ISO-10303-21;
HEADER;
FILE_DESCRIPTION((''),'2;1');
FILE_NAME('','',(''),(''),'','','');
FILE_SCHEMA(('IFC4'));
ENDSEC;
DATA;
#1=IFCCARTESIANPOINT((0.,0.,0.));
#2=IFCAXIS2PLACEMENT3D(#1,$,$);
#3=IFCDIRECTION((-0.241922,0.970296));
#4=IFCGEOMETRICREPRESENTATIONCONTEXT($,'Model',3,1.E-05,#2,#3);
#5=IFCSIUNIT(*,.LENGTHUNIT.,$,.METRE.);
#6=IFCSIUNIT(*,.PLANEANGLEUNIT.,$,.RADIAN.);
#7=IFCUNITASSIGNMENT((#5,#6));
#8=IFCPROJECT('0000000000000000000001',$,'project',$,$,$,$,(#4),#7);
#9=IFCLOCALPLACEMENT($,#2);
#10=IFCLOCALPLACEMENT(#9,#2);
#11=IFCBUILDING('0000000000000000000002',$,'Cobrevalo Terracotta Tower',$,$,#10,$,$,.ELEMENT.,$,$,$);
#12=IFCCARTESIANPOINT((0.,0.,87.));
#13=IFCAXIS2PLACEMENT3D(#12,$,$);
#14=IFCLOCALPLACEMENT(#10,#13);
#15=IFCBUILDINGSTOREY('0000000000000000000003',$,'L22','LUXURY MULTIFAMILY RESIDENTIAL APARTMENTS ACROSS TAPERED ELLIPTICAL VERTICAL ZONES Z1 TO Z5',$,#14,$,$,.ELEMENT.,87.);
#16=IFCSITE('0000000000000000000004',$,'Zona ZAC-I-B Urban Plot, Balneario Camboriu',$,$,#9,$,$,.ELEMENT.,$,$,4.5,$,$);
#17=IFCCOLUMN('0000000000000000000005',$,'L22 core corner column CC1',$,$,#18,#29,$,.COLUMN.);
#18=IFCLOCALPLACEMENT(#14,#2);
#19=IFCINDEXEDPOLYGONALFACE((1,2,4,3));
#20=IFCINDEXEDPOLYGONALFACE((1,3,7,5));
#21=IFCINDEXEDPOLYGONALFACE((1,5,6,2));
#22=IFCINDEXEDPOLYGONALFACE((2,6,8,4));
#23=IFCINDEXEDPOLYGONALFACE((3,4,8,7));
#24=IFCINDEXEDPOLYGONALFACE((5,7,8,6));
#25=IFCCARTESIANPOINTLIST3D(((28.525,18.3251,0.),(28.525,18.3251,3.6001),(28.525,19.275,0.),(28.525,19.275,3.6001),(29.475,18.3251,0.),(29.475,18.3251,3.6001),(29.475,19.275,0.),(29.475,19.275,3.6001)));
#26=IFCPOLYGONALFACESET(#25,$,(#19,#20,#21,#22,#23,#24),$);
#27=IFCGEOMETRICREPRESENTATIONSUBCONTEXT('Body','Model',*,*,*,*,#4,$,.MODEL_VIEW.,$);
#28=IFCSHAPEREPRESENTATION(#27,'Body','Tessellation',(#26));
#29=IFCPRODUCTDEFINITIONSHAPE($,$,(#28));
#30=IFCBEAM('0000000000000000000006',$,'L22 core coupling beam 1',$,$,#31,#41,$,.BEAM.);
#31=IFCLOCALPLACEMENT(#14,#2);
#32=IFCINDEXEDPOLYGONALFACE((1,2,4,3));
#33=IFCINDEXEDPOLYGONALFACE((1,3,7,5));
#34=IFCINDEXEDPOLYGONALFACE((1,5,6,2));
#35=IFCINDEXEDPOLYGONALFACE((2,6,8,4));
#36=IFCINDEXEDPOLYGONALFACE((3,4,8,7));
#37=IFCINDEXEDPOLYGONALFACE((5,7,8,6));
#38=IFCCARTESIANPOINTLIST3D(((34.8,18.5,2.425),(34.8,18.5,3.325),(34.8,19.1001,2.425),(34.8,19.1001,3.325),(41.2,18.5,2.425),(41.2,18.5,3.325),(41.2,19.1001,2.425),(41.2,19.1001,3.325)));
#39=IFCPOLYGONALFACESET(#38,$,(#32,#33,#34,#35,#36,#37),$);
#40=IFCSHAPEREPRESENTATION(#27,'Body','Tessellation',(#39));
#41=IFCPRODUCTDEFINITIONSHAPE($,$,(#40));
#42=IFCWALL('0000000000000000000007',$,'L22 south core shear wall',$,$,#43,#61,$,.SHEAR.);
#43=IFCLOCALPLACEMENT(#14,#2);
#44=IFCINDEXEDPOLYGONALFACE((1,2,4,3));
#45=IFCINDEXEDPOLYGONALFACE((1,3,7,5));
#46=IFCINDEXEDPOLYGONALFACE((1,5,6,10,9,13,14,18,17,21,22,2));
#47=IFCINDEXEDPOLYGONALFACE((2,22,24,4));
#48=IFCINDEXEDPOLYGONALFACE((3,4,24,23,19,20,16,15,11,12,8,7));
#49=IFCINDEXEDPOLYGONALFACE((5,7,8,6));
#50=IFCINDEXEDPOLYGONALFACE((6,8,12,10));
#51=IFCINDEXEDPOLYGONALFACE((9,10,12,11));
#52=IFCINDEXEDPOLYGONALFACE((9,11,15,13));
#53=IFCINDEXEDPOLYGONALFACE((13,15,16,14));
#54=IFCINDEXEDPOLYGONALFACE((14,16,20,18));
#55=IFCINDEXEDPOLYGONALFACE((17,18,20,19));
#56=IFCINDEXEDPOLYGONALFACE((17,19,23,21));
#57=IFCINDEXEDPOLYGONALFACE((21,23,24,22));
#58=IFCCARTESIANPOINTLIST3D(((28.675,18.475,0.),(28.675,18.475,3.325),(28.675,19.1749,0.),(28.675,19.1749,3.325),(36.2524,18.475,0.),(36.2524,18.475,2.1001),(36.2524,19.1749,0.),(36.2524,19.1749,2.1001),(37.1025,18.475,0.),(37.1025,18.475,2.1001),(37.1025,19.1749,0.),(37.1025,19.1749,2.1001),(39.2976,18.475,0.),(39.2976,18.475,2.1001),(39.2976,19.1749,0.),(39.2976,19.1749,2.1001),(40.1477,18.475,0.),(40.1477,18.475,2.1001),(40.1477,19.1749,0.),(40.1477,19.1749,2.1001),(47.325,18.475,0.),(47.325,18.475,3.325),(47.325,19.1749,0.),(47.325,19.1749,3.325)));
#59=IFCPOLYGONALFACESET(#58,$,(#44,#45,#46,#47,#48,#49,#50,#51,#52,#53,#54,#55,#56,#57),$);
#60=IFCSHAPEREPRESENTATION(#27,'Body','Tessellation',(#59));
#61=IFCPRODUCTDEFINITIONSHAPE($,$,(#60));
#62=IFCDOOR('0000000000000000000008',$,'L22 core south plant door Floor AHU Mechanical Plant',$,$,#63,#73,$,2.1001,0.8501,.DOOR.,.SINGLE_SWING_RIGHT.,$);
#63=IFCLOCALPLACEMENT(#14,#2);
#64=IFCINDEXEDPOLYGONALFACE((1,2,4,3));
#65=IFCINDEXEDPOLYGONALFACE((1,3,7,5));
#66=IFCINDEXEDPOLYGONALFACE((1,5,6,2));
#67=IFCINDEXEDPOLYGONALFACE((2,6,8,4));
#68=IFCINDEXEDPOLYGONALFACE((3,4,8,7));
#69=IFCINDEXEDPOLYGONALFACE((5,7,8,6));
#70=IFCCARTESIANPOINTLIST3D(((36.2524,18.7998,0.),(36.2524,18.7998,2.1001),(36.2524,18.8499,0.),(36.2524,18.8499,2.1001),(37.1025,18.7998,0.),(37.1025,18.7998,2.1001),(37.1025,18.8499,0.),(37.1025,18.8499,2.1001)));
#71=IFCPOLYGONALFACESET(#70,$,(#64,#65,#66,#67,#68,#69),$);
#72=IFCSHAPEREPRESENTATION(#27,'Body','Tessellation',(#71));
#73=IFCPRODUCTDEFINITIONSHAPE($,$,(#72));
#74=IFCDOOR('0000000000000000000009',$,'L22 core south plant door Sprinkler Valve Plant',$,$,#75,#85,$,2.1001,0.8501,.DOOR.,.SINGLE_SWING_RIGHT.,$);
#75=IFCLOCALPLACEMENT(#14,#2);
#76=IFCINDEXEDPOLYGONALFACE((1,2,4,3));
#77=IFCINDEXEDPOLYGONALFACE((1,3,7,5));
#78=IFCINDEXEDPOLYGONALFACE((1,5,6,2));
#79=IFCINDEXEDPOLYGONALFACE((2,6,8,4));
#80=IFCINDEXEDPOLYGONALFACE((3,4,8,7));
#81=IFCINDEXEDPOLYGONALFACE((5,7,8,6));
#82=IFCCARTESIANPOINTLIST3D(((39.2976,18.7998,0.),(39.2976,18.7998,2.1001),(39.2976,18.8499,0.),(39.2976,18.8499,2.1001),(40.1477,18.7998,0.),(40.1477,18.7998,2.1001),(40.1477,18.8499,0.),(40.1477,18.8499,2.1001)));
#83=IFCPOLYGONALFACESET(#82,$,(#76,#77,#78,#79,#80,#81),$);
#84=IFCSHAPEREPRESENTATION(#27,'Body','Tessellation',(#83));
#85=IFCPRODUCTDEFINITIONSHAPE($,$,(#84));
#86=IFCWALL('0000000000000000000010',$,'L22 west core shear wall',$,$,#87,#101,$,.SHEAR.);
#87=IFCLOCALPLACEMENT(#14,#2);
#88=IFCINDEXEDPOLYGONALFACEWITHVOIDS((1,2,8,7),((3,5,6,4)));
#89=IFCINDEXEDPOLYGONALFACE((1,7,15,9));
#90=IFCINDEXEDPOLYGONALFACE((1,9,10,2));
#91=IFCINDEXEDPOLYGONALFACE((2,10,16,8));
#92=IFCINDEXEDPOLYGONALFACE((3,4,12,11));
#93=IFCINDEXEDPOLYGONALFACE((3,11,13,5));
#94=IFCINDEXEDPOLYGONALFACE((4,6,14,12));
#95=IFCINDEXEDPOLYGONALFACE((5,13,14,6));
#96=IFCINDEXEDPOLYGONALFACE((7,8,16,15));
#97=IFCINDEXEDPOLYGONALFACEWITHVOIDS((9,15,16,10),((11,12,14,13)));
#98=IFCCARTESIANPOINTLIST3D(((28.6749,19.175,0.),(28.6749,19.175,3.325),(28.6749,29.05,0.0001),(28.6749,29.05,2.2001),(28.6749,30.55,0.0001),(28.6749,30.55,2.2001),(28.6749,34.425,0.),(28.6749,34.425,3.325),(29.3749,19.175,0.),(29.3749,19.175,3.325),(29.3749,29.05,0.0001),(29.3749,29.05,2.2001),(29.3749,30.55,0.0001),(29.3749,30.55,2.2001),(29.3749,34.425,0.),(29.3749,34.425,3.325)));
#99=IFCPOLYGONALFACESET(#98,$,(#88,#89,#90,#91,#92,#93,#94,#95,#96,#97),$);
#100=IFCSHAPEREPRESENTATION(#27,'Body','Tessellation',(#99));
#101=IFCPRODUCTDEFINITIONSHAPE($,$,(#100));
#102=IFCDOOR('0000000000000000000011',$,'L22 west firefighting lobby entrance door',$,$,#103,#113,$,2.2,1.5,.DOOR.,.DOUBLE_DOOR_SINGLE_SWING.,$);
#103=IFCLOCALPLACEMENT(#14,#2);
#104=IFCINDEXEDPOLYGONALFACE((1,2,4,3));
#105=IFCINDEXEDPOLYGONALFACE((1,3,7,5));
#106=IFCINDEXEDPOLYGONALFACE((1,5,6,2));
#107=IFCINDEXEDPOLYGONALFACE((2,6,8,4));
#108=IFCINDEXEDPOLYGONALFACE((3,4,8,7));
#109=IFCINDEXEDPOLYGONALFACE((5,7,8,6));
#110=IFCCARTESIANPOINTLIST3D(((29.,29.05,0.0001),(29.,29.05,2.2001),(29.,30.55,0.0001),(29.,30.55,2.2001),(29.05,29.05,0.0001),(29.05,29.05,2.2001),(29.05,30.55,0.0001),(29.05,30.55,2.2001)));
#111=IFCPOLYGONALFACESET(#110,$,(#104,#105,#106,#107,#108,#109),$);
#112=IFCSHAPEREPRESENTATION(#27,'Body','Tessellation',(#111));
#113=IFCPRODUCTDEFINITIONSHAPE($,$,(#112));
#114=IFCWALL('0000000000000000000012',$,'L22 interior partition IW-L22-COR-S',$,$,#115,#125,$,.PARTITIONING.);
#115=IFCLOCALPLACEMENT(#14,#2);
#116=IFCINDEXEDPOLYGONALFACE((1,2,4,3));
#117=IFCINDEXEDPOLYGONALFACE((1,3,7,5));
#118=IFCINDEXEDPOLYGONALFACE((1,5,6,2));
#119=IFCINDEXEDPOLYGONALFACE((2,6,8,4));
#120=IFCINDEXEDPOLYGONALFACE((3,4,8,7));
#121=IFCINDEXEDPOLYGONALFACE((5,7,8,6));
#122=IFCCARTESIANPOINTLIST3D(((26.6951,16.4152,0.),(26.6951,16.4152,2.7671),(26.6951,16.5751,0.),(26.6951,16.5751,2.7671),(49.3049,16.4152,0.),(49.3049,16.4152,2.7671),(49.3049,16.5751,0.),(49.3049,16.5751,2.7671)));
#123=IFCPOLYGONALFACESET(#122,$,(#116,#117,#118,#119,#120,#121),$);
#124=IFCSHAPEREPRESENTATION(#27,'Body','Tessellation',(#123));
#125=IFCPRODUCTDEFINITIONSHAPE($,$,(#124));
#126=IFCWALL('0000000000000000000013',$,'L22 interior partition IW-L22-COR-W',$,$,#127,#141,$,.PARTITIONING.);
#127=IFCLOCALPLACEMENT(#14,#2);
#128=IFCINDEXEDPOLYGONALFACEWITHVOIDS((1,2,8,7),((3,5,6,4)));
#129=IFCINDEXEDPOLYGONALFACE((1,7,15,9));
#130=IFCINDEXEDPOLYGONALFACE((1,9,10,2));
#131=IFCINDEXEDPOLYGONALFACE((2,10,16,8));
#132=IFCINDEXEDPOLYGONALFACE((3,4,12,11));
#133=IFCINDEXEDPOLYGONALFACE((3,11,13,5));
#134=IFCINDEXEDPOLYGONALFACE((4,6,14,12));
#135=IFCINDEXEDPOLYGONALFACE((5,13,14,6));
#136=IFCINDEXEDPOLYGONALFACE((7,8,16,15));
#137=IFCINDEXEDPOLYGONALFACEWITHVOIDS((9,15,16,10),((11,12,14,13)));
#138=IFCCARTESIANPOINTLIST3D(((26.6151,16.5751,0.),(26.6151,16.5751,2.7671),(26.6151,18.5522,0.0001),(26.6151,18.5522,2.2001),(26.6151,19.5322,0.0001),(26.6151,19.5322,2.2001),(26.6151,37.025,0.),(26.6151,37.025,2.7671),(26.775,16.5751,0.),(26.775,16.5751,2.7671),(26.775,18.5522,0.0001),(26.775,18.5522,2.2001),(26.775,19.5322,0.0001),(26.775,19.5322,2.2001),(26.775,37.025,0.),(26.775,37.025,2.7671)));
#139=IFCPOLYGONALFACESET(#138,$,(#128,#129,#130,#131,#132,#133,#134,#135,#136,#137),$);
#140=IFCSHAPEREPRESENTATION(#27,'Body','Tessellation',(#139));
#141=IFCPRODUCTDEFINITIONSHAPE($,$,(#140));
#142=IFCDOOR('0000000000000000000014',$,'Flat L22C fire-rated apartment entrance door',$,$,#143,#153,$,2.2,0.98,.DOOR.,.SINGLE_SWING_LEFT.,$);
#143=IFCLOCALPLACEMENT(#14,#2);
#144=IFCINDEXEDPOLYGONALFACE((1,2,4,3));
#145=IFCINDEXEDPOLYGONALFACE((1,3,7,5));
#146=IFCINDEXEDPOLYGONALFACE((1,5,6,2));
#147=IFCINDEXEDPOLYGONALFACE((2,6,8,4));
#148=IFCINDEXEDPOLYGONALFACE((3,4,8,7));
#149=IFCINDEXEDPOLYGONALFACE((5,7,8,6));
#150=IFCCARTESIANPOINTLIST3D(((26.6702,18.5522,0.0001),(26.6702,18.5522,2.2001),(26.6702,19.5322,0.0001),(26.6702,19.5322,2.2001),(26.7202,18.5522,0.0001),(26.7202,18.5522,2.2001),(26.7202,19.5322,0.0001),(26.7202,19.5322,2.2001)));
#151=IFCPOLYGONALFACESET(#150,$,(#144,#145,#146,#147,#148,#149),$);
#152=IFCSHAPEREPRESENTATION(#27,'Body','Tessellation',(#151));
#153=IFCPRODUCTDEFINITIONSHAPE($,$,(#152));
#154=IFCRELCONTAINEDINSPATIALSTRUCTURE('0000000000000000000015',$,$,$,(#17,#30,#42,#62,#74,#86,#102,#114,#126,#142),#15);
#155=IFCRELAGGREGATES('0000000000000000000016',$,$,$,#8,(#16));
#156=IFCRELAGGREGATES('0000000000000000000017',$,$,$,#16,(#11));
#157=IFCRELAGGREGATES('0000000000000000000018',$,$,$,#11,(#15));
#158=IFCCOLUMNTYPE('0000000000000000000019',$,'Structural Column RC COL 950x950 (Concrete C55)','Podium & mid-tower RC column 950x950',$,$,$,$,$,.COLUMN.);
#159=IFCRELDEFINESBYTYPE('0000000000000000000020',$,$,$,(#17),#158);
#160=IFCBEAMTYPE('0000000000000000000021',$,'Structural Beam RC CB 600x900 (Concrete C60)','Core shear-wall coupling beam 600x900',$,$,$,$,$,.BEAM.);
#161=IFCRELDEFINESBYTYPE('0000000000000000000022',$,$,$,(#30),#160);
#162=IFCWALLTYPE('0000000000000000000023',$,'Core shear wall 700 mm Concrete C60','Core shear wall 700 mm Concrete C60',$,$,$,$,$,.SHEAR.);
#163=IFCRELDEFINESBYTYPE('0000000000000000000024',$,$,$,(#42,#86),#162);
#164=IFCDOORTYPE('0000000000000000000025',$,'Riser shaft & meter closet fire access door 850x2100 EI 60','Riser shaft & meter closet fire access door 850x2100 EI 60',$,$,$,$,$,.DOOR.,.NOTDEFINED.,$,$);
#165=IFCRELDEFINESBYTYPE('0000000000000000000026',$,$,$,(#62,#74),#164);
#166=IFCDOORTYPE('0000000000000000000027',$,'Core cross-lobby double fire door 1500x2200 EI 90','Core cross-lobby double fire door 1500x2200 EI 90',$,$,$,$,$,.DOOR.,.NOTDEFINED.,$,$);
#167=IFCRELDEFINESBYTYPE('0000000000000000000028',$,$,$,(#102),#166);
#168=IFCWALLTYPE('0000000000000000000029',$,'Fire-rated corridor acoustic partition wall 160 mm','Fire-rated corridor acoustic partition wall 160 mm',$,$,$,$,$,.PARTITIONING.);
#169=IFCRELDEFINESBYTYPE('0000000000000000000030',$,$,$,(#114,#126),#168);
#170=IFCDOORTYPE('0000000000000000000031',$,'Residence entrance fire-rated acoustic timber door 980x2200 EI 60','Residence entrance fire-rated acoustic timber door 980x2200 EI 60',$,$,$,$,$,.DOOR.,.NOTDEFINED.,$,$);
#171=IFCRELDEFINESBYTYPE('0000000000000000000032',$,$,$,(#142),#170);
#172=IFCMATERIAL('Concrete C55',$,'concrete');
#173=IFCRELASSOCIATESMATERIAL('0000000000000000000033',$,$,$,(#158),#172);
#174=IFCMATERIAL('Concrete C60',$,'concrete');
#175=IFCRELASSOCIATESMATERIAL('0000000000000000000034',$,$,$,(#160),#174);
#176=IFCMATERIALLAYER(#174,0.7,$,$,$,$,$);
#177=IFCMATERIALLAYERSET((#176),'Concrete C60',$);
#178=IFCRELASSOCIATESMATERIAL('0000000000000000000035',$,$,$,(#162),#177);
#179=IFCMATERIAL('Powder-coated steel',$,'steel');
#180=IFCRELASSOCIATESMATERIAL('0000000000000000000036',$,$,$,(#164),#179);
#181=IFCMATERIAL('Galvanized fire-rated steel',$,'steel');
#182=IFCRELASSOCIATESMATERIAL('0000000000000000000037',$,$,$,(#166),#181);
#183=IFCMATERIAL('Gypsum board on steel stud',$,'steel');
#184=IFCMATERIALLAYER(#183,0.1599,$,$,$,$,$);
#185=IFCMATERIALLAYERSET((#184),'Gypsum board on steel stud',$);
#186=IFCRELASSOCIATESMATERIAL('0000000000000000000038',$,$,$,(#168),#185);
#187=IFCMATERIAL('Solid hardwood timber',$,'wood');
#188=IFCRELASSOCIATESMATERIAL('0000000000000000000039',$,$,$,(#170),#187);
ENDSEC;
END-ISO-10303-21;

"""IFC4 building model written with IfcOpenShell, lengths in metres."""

from ifc_helpers import new_model, si_unit, direction, frame, frame_2d, origin, origin_2d, place, context, subcontext, project, spatial, rectangle, extrude, source, transform, mapped, material, layer, layer_set, material_profile, profile_set, type_object, element, fill, save


model = new_model("IFC4")

# Units and contexts
model_context = context("Model", 3, precision=1e-05, world=origin(), true_north=direction((-0.241922, 0.970296)))
body_context = subcontext(model_context, "Body", "Model", "MODEL_VIEW")
ifc_project = project(units=[si_unit("LENGTHUNIT", "METRE"), si_unit("PLANEANGLEUNIT", "RADIAN")], contexts=[model_context])

# Site, building, storey
site_placement = place(None, origin())
site = spatial("IfcSite", under=ifc_project, at=site_placement, Name="Zona ZAC-I-B Urban Plot, Balneario Camboriu", CompositionType="ELEMENT", RefElevation=4.5)
building_placement = place(site_placement, origin())
building = spatial("IfcBuilding", under=site, at=building_placement, Name="Cobrevalo Terracotta Tower", CompositionType="ELEMENT")
storey_placement = place(building_placement, frame((0.0, 0.0, 87.0)))
storey = spatial("IfcBuildingStorey", under=building, at=storey_placement, Name="L22", Description="LUXURY MULTIFAMILY RESIDENTIAL APARTMENTS ACROSS TAPERED ELLIPTICAL VERTICAL ZONES Z1 TO Z5", CompositionType="ELEMENT", Elevation=87.0)

# Column
ifc_material_1 = material(Name="Concrete C55", Category="concrete")
ifc_material_profile_1 = material_profile(ifc_material_1, rectangle(XDim=0.95, YDim=0.95, at=origin_2d()), Name="RC COL 950x950")
ifc_profile_set_1 = profile_set([ifc_material_profile_1], Name="Concrete C55")
column_type = type_object("IfcColumnType", Name="Structural Column RC COL 950x950 (Concrete C55)", Description="Podium & mid-tower RC column 950x950", PredefinedType="COLUMN", material=ifc_profile_set_1)
column_placement = place(storey_placement, frame((29.0, 18.8, 0.0), z_axis=(0.0, 0.0, 1.0), x_axis=(1.0, 0.0, 0.0)))
element("IfcColumn", 1, at=column_placement, inside=storey, type_object=column_type, Name="L22 core corner column CC1", PredefinedType="COLUMN", context=body_context, shape_type="SweptSolid", body=[
    extrude(rectangle(XDim=0.95, YDim=0.95, at=origin_2d()), origin(), (0.0, 0.0, 1.0), 3.6001),
])

# Beam
ifc_material_2 = material(Name="Concrete C60", Category="concrete")
ifc_material_profile_2 = material_profile(ifc_material_2, rectangle(XDim=0.6001, YDim=0.8999, at=origin_2d()), Name="RC CB 600x900")
ifc_profile_set_2 = profile_set([ifc_material_profile_2], Name="Concrete C60")
beam_type = type_object("IfcBeamType", Name="Structural Beam RC CB 600x900 (Concrete C60)", Description="Core shear-wall coupling beam 600x900", PredefinedType="BEAM", material=ifc_profile_set_2)
beam_placement = place(storey_placement, frame((34.8, 18.8, 2.875), z_axis=(1.0, 0.0, 0.0), x_axis=(0.0, 1.0, 0.0)))
element("IfcBeam", 2, at=beam_placement, inside=storey, type_object=beam_type, Name="L22 core coupling beam 1", PredefinedType="BEAM", context=body_context, shape_type="SweptSolid", body=[
    extrude(rectangle(XDim=0.6001, YDim=0.8999, at=origin_2d()), origin(), (0.0, 0.0, 1.0), 6.3999),
])

# Wall, openings, doors
ifc_layer_1 = layer(ifc_material_2, 0.7)
ifc_layer_set_1 = layer_set([ifc_layer_1], Name="Concrete C60")
wall_type_1 = type_object("IfcWallType", Name="Core shear wall 700 mm Concrete C60", Description="Core shear wall 700 mm Concrete C60", PredefinedType="SHEAR", material=ifc_layer_set_1)
wall_1_placement = place(storey_placement, frame((28.675, 18.825, 0.0), z_axis=(0.0, 0.0, 1.0), x_axis=(1.0, 0.0, 0.0)))
wall_1 = element("IfcWall", 3, at=wall_1_placement, inside=storey, type_object=wall_type_1, Name="L22 south core shear wall", PredefinedType="SHEAR", context=body_context, shape_type="SweptSolid", body=[
    extrude(rectangle(XDim=18.6499, YDim=0.7, at=frame_2d((9.325, 0.0))), origin(), (0.0, 0.0, 1.0), 3.325),
])
opening_1_placement = place(wall_1_placement, frame((7.5774, 0.0, 0.0)))
opening_1 = element("IfcOpeningElement", 4, at=opening_1_placement, cuts=wall_1, PredefinedType="OPENING", context=body_context, shape_type="SweptSolid", body=[
    extrude(rectangle(XDim=0.8501, YDim=2.1001, at=frame_2d((0.425, 1.05))), frame((0.0, 0.3599, 0.0), z_axis=(0.0, -1.0, 0.0), x_axis=(1.0, 0.0, 0.0)), (0.0, 0.0, 1.0), 0.72),
])
opening_2_placement = place(wall_1_placement, frame((10.6226, 0.0, 0.0)))
opening_2 = element("IfcOpeningElement", 5, at=opening_2_placement, cuts=wall_1, PredefinedType="OPENING", context=body_context, shape_type="SweptSolid", body=[
    extrude(rectangle(XDim=0.8501, YDim=2.1001, at=frame_2d((0.425, 1.05))), frame((0.0, 0.3599, 0.0), z_axis=(0.0, -1.0, 0.0), x_axis=(1.0, 0.0, 0.0)), (0.0, 0.0, 1.0), 0.72),
])
ifc_material_3 = material(Name="Powder-coated steel", Category="steel")
door_type_1 = type_object("IfcDoorType", Name="Riser shaft & meter closet fire access door 850x2100 EI 60", Description="Riser shaft & meter closet fire access door 850x2100 EI 60", OperationType="NOTDEFINED", PredefinedType="DOOR", material=ifc_material_3)
shared_shape_1 = source(origin(), body_context, "Body", "SweptSolid", [
    extrude(rectangle(XDim=0.8501, YDim=2.1001, at=frame_2d((0.425, 1.05))), frame((0.0, 0.0249, 0.0), z_axis=(0.0, -1.0, 0.0), x_axis=(1.0, 0.0, 0.0)), (0.0, 0.0, 1.0), 0.05),
])
door_1_placement = place(opening_1_placement, origin())
door_1 = element("IfcDoor", 6, at=door_1_placement, inside=storey, type_object=door_type_1, Name="L22 core south plant door Floor AHU Mechanical Plant", OperationType="SINGLE_SWING_RIGHT", OverallHeight=2.1001, OverallWidth=0.8501, PredefinedType="DOOR", context=body_context, shape_type="MappedRepresentation", body=[
    mapped(shared_shape_1, transform((0.0, 0.0, 0.0), scale=1.0)),
])
fill(opening_1, door_1)
door_2_placement = place(opening_2_placement, origin())
door_2 = element("IfcDoor", 7, at=door_2_placement, inside=storey, type_object=door_type_1, Name="L22 core south plant door Sprinkler Valve Plant", OperationType="SINGLE_SWING_RIGHT", OverallHeight=2.1001, OverallWidth=0.8501, PredefinedType="DOOR", context=body_context, shape_type="MappedRepresentation", body=[
    mapped(shared_shape_1, transform((0.0, 0.0, 0.0), scale=1.0)),
])
fill(opening_2, door_2)

# Wall, opening, door
wall_2_placement = place(storey_placement, frame((29.0249, 19.175, 0.0), z_axis=(0.0, 0.0, 1.0), x_axis=(0.0, 1.0, 0.0)))
wall_2 = element("IfcWall", 8, at=wall_2_placement, inside=storey, type_object=wall_type_1, Name="L22 west core shear wall", PredefinedType="SHEAR", context=body_context, shape_type="SweptSolid", body=[
    extrude(rectangle(XDim=15.25, YDim=0.7, at=frame_2d((7.625, 0.0))), origin(), (0.0, 0.0, 1.0), 3.325),
])
opening_3_placement = place(wall_2_placement, frame((9.875, 0.0, 0.0)))
opening_3 = element("IfcOpeningElement", 9, at=opening_3_placement, cuts=wall_2, PredefinedType="OPENING", context=body_context, shape_type="SweptSolid", body=[
    extrude(rectangle(XDim=1.5, YDim=2.2, at=frame_2d((0.75, 1.1001))), frame((0.0, 0.3599, 0.0), z_axis=(0.0, -1.0, 0.0), x_axis=(1.0, 0.0, 0.0)), (0.0, 0.0, 1.0), 0.72),
])
ifc_material_4 = material(Name="Galvanized fire-rated steel", Category="steel")
door_type_2 = type_object("IfcDoorType", Name="Core cross-lobby double fire door 1500x2200 EI 90", Description="Core cross-lobby double fire door 1500x2200 EI 90", OperationType="NOTDEFINED", PredefinedType="DOOR", material=ifc_material_4)
shared_shape_2 = source(origin(), body_context, "Body", "SweptSolid", [
    extrude(rectangle(XDim=1.5, YDim=2.2, at=frame_2d((0.75, 1.1001))), frame((0.0, 0.0249, 0.0), z_axis=(0.0, -1.0, 0.0), x_axis=(1.0, 0.0, 0.0)), (0.0, 0.0, 1.0), 0.05),
])
door_3_placement = place(opening_3_placement, origin())
door_3 = element("IfcDoor", 10, at=door_3_placement, inside=storey, type_object=door_type_2, Name="L22 west firefighting lobby entrance door", OperationType="DOUBLE_DOOR_SINGLE_SWING", OverallHeight=2.2, OverallWidth=1.5, PredefinedType="DOOR", context=body_context, shape_type="MappedRepresentation", body=[
    mapped(shared_shape_2, transform((0.0, 0.0, 0.0), scale=1.0)),
])
fill(opening_3, door_3)

# Wall
ifc_material_5 = material(Name="Gypsum board on steel stud", Category="steel")
ifc_layer_2 = layer(ifc_material_5, 0.1599)
ifc_layer_set_2 = layer_set([ifc_layer_2], Name="Gypsum board on steel stud")
wall_type_2 = type_object("IfcWallType", Name="Fire-rated corridor acoustic partition wall 160 mm", Description="Fire-rated corridor acoustic partition wall 160 mm", PredefinedType="PARTITIONING", material=ifc_layer_set_2)
wall_3_placement = place(storey_placement, frame((26.6951, 16.4951, 0.0), z_axis=(0.0, 0.0, 1.0), x_axis=(1.0, 0.0, 0.0)))
element("IfcWall", 11, at=wall_3_placement, inside=storey, type_object=wall_type_2, Name="L22 interior partition IW-L22-COR-S", PredefinedType="PARTITIONING", context=body_context, shape_type="SweptSolid", body=[
    extrude(rectangle(XDim=22.6099, YDim=0.1599, at=frame_2d((11.3049, 0.0))), origin(), (0.0, 0.0, 1.0), 2.7671),
])

# Wall, opening, door
wall_4_placement = place(storey_placement, frame((26.6951, 16.575, 0.0), z_axis=(0.0, 0.0, 1.0), x_axis=(0.0, 1.0, 0.0)))
wall_4 = element("IfcWall", 12, at=wall_4_placement, inside=storey, type_object=wall_type_2, Name="L22 interior partition IW-L22-COR-W", PredefinedType="PARTITIONING", context=body_context, shape_type="SweptSolid", body=[
    extrude(rectangle(XDim=20.45, YDim=0.1599, at=frame_2d((10.2251, 0.0))), origin(), (0.0, 0.0, 1.0), 2.7671),
])
opening_4_placement = place(wall_4_placement, frame((1.9773, 0.0, 0.0)))
opening_4 = element("IfcOpeningElement", 13, at=opening_4_placement, cuts=wall_4, PredefinedType="OPENING", context=body_context, shape_type="SweptSolid", body=[
    extrude(rectangle(XDim=0.98, YDim=2.2, at=frame_2d((0.49, 1.1001))), frame((0.0, 0.0898, 0.0), z_axis=(0.0, -1.0, 0.0), x_axis=(1.0, 0.0, 0.0)), (0.0, 0.0, 1.0), 0.1799),
])
ifc_material_6 = material(Name="Solid hardwood timber", Category="wood")
door_type_3 = type_object("IfcDoorType", Name="Residence entrance fire-rated acoustic timber door 980x2200 EI 60", Description="Residence entrance fire-rated acoustic timber door 980x2200 EI 60", OperationType="NOTDEFINED", PredefinedType="DOOR", material=ifc_material_6)
shared_shape_3 = source(origin(), body_context, "Body", "SweptSolid", [
    extrude(rectangle(XDim=0.98, YDim=2.2, at=frame_2d((0.49, 1.1001))), frame((0.0, 0.0249, 0.0), z_axis=(0.0, -1.0, 0.0), x_axis=(1.0, 0.0, 0.0)), (0.0, 0.0, 1.0), 0.05),
])
door_4_placement = place(opening_4_placement, origin())
door_4 = element("IfcDoor", 14, at=door_4_placement, inside=storey, type_object=door_type_3, Name="Flat L22C fire-rated apartment entrance door", OperationType="SINGLE_SWING_LEFT", OverallHeight=2.2, OverallWidth=0.98, PredefinedType="DOOR", context=body_context, shape_type="MappedRepresentation", body=[
    mapped(shared_shape_3, transform((0.0, 0.0, 0.0), scale=1.0)),
])
fill(opening_4, door_4)

save(model, "model.ifc")
